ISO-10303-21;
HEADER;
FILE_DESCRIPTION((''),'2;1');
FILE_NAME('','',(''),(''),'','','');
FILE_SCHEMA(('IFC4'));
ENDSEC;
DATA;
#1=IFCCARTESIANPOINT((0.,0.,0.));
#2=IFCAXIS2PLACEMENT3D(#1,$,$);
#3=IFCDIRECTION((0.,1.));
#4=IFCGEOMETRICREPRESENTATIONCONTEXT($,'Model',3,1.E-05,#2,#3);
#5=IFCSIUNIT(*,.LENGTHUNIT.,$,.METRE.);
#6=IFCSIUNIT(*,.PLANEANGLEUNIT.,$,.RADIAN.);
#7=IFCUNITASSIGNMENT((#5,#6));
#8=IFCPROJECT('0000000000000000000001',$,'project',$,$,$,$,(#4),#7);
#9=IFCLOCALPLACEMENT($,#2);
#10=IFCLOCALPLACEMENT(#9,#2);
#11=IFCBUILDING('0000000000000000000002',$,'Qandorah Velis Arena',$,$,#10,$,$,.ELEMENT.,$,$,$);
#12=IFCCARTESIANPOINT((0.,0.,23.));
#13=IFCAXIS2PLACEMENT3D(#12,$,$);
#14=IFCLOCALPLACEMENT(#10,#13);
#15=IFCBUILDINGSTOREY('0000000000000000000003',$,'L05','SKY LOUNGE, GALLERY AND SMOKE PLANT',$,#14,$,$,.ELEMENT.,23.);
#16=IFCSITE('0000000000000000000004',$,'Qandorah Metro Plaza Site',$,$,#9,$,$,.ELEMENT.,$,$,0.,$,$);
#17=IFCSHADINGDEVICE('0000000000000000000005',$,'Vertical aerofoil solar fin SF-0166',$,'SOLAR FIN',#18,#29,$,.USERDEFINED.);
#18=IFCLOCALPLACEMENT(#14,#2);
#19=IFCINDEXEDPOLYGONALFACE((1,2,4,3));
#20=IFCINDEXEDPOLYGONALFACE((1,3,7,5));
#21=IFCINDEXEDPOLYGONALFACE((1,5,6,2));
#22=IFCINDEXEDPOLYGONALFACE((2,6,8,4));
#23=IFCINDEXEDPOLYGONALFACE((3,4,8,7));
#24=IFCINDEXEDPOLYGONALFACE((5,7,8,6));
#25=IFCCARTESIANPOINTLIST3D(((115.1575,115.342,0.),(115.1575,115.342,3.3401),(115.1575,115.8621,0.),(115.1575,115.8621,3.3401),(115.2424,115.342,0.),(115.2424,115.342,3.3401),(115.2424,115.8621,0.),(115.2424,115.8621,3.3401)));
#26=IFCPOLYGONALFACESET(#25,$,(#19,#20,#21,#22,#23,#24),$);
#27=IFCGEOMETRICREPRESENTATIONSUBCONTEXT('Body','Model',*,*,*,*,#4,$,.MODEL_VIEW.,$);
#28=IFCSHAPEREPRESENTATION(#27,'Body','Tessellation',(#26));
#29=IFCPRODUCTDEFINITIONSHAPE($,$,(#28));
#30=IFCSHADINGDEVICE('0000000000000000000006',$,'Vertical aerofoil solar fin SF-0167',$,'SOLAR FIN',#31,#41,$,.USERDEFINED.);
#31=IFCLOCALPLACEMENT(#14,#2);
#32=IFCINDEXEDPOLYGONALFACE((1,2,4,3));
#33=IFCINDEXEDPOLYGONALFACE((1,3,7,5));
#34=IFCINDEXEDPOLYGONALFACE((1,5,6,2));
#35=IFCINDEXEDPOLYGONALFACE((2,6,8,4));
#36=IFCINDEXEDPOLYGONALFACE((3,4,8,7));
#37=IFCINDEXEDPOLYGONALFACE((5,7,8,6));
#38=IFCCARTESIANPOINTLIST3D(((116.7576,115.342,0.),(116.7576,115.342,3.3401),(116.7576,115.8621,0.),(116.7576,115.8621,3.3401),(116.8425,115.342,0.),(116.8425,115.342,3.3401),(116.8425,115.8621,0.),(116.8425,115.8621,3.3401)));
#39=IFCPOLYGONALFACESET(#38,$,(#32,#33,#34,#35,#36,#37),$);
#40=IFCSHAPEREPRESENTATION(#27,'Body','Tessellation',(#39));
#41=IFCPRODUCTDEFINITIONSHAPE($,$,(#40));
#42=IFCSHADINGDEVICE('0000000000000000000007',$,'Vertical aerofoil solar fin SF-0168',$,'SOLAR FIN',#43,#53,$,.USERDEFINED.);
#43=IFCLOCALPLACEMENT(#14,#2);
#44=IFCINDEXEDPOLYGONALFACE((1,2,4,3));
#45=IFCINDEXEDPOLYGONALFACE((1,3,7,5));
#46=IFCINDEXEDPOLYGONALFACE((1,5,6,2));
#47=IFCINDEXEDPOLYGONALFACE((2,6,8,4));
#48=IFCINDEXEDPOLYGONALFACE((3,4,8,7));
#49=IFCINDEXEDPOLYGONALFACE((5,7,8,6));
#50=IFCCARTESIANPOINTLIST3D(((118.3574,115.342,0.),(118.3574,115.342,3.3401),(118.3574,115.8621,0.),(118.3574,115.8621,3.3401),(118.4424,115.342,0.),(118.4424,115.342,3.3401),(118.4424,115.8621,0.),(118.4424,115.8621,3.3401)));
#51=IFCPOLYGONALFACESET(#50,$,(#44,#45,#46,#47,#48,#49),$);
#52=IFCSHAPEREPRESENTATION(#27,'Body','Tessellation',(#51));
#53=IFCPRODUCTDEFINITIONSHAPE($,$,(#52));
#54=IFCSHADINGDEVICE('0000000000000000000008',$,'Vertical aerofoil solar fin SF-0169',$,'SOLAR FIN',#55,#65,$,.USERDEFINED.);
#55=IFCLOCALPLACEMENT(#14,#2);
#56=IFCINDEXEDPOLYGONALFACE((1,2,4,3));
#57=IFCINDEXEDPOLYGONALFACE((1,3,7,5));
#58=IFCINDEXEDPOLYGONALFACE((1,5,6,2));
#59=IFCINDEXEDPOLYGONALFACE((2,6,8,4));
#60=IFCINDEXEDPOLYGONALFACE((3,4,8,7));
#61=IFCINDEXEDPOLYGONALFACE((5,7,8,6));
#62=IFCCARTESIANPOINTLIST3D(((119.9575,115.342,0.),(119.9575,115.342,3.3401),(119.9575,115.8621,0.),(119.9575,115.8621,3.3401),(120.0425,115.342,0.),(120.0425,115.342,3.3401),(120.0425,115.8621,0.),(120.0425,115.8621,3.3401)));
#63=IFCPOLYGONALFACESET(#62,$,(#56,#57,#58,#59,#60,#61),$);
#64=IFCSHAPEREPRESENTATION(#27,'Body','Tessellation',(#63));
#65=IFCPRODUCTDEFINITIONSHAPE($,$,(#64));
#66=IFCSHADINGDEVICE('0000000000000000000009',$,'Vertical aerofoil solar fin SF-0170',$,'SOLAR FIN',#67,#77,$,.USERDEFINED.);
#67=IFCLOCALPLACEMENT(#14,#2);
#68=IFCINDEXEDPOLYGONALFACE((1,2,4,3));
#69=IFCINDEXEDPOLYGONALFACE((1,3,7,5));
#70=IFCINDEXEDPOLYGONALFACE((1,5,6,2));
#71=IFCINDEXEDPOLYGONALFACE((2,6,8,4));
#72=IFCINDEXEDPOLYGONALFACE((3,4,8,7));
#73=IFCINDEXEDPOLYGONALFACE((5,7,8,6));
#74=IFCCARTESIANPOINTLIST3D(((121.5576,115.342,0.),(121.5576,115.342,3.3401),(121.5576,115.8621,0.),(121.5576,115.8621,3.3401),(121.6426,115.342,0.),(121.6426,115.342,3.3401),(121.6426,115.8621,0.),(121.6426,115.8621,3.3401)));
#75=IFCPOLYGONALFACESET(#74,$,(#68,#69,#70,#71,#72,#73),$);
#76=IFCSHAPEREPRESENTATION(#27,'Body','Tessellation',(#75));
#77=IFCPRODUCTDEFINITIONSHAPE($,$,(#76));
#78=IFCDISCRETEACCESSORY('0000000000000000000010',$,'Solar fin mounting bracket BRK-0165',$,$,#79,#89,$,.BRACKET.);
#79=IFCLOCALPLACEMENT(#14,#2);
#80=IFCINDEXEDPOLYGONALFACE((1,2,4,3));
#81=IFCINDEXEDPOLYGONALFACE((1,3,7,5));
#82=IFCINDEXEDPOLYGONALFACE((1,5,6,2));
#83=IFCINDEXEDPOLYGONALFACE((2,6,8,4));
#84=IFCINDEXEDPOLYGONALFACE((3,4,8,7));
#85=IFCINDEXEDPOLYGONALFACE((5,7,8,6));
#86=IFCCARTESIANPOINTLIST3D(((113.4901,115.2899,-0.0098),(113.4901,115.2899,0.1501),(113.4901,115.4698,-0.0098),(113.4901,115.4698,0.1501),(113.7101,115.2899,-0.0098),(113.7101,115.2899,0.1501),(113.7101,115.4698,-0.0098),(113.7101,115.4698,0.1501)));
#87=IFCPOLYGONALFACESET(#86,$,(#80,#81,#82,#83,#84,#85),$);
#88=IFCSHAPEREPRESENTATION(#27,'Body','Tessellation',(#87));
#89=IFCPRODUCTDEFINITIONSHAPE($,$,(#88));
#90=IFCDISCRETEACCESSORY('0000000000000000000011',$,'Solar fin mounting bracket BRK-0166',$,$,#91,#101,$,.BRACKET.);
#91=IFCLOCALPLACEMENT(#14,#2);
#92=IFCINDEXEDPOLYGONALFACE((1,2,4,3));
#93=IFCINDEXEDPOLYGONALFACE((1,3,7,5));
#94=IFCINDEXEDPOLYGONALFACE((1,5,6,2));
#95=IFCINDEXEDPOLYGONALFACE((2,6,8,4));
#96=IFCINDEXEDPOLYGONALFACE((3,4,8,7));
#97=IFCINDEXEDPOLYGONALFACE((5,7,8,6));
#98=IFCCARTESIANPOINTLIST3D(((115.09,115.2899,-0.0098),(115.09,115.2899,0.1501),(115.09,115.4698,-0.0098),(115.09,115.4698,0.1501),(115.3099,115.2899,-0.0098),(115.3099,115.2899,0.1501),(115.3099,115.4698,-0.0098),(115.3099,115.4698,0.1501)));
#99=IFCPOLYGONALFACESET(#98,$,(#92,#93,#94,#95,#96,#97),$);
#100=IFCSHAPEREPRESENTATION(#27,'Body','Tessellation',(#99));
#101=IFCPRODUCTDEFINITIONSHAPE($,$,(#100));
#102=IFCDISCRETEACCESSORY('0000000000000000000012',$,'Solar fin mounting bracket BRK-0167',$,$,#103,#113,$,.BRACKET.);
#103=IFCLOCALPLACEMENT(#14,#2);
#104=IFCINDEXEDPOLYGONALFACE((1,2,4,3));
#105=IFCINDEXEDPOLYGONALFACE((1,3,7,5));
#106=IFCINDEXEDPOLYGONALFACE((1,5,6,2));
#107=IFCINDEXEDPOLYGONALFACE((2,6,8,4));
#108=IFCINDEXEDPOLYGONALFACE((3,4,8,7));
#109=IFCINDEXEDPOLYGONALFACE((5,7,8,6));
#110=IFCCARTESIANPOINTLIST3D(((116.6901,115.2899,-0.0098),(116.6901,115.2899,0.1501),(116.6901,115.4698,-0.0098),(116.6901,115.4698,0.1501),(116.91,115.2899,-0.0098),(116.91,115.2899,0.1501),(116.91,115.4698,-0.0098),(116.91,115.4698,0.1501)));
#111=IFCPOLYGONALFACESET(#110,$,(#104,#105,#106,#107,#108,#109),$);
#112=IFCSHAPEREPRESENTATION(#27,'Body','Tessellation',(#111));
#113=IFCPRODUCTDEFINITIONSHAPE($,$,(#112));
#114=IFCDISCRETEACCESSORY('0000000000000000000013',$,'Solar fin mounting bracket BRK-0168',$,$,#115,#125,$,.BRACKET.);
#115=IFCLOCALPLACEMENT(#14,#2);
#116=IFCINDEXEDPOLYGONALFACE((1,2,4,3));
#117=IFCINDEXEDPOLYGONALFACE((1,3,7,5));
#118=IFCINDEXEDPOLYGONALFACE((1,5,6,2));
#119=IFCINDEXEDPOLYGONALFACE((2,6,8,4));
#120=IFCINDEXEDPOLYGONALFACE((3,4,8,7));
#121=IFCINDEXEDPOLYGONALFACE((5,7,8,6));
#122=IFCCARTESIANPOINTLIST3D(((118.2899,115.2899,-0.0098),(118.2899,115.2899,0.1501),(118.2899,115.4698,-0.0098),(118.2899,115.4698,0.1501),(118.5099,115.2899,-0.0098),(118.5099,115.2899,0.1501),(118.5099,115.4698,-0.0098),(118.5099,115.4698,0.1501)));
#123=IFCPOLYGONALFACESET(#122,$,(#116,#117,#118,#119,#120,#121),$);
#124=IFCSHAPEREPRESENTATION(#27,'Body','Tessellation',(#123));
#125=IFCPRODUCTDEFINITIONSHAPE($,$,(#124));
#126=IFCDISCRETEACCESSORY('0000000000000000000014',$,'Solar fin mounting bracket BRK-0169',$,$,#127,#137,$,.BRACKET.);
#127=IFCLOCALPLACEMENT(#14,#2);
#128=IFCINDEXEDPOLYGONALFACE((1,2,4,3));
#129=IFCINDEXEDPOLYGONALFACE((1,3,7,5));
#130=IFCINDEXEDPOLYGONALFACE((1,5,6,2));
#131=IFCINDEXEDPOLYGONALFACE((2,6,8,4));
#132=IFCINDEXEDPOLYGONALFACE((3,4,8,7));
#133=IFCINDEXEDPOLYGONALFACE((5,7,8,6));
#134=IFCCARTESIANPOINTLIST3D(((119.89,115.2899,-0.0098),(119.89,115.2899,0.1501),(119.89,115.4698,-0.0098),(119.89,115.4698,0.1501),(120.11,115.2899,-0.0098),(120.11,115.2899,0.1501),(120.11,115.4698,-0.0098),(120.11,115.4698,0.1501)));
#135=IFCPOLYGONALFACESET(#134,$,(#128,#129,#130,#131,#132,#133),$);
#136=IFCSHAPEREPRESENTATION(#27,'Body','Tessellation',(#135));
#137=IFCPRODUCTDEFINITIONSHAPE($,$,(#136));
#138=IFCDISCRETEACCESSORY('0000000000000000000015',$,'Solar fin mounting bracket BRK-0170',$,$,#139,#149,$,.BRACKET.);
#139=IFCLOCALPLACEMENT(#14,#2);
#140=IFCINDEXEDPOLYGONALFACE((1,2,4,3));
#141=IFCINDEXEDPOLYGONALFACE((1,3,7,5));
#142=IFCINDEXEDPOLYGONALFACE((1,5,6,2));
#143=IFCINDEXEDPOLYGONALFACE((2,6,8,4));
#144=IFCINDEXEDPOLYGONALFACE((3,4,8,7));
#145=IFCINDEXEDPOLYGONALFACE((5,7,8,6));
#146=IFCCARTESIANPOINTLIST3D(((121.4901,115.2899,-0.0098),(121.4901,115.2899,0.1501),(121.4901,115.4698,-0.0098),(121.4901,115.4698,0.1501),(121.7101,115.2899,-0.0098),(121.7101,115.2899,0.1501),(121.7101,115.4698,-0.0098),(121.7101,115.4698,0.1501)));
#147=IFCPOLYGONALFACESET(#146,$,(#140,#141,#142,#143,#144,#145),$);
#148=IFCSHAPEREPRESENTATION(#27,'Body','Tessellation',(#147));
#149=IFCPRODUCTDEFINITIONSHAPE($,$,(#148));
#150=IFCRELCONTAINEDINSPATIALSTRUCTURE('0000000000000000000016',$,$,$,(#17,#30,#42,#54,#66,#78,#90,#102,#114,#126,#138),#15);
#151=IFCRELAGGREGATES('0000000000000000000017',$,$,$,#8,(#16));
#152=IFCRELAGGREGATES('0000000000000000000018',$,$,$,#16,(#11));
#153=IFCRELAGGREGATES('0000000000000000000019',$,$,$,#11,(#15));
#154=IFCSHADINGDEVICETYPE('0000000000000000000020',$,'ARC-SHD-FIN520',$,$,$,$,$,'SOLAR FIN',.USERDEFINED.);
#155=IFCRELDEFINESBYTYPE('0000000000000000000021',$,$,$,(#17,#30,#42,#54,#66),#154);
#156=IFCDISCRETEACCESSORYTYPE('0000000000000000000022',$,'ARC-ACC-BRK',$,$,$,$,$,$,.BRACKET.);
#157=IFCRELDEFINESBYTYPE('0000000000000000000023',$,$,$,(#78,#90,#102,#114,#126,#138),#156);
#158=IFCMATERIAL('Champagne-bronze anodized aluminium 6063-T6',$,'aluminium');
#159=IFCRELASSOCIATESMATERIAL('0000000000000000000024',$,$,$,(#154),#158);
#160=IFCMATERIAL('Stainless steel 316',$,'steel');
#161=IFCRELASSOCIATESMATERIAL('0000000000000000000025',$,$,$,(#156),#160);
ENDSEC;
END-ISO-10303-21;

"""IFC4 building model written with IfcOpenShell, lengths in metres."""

from ifc_helpers import new_model, si_unit, direction, frame, origin, origin_2d, place, context, subcontext, project, spatial, rectangle, extrude, material, type_object, element, save


model = new_model("IFC4")

# Units and contexts
model_context = context("Model", 3, precision=1e-05, world=origin(), true_north=direction((0.0, 1.0)))
body_context = subcontext(model_context, "Body", "Model", "MODEL_VIEW")
ifc_project = project(units=[si_unit("LENGTHUNIT", "METRE"), si_unit("PLANEANGLEUNIT", "RADIAN")], contexts=[model_context])

# Site, building, storey
site_placement = place(None, origin())
site = spatial("IfcSite", under=ifc_project, at=site_placement, Name="Qandorah Metro Plaza Site", CompositionType="ELEMENT", RefElevation=0.0)
building_placement = place(site_placement, origin())
building = spatial("IfcBuilding", under=site, at=building_placement, Name="Qandorah Velis Arena", CompositionType="ELEMENT")
storey_placement = place(building_placement, frame((0.0, 0.0, 23.0)))
storey = spatial("IfcBuildingStorey", under=building, at=storey_placement, Name="L05", Description="SKY LOUNGE, GALLERY AND SMOKE PLANT", CompositionType="ELEMENT", Elevation=23.0)

# Shared definitions
ifc_material_1 = material(Name="Champagne-bronze anodized aluminium 6063-T6", Category="aluminium")

# Shading devices
shading_device_type = type_object("IfcShadingDeviceType", Name="ARC-SHD-FIN520", ElementType="SOLAR FIN", PredefinedType="USERDEFINED", material=ifc_material_1)
for number, where, z_axis, x_axis, name in (
    (1, (115.2, 115.6021, 0.0), (0.0, 0.0, 1.0), (1.0, 0.0, 0.0), "Vertical aerofoil solar fin SF-0166"),
    (2, (116.8, 115.6021, 0.0), (0.0, 0.0, 1.0), (1.0, 0.0, 0.0), "Vertical aerofoil solar fin SF-0167"),
    (3, (118.3999, 115.6021, 0.0), (0.0, 0.0, 1.0), (1.0, 0.0, 0.0), "Vertical aerofoil solar fin SF-0168"),
    (4, (120.0, 115.6021, 0.0), (0.0, 0.0, 1.0), (1.0, 0.0, 0.0), "Vertical aerofoil solar fin SF-0169"),
    (5, (121.6001, 115.6021, 0.0), (0.0, 0.0, 1.0), (1.0, 0.0, 0.0), "Vertical aerofoil solar fin SF-0170"),
):
    element("IfcShadingDevice", number, at=place(storey_placement, frame(where, z_axis=z_axis, x_axis=x_axis)), inside=storey, type_object=shading_device_type, Name=name, ObjectType="SOLAR FIN", PredefinedType="USERDEFINED", context=body_context, shape_type="SweptSolid", body=[
        extrude(rectangle(XDim=0.085, YDim=0.52, at=origin_2d()), origin(), (0.0, 0.0, 1.0), 3.3401),
    ])

# Discrete accessories
ifc_material_2 = material(Name="Stainless steel 316", Category="steel")
discrete_accessory_type = type_object("IfcDiscreteAccessoryType", Name="ARC-ACC-BRK", PredefinedType="BRACKET", material=ifc_material_2)
for number, where, z_axis, x_axis, name in (
    (6, (113.6001, 115.3799, -0.0098), (0.0, 0.0, 1.0), (1.0, 0.0, 0.0), "Solar fin mounting bracket BRK-0165"),
    (7, (115.2, 115.3799, -0.0098), (0.0, 0.0, 1.0), (1.0, 0.0, 0.0), "Solar fin mounting bracket BRK-0166"),
    (8, (116.8, 115.3799, -0.0098), (0.0, 0.0, 1.0), (1.0, 0.0, 0.0), "Solar fin mounting bracket BRK-0167"),
    (9, (118.3999, 115.3799, -0.0098), (0.0, 0.0, 1.0), (1.0, 0.0, 0.0), "Solar fin mounting bracket BRK-0168"),
    (10, (120.0, 115.3799, -0.0098), (0.0, 0.0, 1.0), (1.0, 0.0, 0.0), "Solar fin mounting bracket BRK-0169"),
    (11, (121.6001, 115.3799, -0.0098), (0.0, 0.0, 1.0), (1.0, 0.0, 0.0), "Solar fin mounting bracket BRK-0170"),
):
    element("IfcDiscreteAccessory", number, at=place(storey_placement, frame(where, z_axis=z_axis, x_axis=x_axis)), inside=storey, type_object=discrete_accessory_type, Name=name, PredefinedType="BRACKET", context=body_context, shape_type="SweptSolid", body=[
        extrude(rectangle(XDim=0.22, YDim=0.1799, at=origin_2d()), origin(), (0.0, 0.0, 1.0), 0.1599),
    ])

save(model, "model.ifc")
